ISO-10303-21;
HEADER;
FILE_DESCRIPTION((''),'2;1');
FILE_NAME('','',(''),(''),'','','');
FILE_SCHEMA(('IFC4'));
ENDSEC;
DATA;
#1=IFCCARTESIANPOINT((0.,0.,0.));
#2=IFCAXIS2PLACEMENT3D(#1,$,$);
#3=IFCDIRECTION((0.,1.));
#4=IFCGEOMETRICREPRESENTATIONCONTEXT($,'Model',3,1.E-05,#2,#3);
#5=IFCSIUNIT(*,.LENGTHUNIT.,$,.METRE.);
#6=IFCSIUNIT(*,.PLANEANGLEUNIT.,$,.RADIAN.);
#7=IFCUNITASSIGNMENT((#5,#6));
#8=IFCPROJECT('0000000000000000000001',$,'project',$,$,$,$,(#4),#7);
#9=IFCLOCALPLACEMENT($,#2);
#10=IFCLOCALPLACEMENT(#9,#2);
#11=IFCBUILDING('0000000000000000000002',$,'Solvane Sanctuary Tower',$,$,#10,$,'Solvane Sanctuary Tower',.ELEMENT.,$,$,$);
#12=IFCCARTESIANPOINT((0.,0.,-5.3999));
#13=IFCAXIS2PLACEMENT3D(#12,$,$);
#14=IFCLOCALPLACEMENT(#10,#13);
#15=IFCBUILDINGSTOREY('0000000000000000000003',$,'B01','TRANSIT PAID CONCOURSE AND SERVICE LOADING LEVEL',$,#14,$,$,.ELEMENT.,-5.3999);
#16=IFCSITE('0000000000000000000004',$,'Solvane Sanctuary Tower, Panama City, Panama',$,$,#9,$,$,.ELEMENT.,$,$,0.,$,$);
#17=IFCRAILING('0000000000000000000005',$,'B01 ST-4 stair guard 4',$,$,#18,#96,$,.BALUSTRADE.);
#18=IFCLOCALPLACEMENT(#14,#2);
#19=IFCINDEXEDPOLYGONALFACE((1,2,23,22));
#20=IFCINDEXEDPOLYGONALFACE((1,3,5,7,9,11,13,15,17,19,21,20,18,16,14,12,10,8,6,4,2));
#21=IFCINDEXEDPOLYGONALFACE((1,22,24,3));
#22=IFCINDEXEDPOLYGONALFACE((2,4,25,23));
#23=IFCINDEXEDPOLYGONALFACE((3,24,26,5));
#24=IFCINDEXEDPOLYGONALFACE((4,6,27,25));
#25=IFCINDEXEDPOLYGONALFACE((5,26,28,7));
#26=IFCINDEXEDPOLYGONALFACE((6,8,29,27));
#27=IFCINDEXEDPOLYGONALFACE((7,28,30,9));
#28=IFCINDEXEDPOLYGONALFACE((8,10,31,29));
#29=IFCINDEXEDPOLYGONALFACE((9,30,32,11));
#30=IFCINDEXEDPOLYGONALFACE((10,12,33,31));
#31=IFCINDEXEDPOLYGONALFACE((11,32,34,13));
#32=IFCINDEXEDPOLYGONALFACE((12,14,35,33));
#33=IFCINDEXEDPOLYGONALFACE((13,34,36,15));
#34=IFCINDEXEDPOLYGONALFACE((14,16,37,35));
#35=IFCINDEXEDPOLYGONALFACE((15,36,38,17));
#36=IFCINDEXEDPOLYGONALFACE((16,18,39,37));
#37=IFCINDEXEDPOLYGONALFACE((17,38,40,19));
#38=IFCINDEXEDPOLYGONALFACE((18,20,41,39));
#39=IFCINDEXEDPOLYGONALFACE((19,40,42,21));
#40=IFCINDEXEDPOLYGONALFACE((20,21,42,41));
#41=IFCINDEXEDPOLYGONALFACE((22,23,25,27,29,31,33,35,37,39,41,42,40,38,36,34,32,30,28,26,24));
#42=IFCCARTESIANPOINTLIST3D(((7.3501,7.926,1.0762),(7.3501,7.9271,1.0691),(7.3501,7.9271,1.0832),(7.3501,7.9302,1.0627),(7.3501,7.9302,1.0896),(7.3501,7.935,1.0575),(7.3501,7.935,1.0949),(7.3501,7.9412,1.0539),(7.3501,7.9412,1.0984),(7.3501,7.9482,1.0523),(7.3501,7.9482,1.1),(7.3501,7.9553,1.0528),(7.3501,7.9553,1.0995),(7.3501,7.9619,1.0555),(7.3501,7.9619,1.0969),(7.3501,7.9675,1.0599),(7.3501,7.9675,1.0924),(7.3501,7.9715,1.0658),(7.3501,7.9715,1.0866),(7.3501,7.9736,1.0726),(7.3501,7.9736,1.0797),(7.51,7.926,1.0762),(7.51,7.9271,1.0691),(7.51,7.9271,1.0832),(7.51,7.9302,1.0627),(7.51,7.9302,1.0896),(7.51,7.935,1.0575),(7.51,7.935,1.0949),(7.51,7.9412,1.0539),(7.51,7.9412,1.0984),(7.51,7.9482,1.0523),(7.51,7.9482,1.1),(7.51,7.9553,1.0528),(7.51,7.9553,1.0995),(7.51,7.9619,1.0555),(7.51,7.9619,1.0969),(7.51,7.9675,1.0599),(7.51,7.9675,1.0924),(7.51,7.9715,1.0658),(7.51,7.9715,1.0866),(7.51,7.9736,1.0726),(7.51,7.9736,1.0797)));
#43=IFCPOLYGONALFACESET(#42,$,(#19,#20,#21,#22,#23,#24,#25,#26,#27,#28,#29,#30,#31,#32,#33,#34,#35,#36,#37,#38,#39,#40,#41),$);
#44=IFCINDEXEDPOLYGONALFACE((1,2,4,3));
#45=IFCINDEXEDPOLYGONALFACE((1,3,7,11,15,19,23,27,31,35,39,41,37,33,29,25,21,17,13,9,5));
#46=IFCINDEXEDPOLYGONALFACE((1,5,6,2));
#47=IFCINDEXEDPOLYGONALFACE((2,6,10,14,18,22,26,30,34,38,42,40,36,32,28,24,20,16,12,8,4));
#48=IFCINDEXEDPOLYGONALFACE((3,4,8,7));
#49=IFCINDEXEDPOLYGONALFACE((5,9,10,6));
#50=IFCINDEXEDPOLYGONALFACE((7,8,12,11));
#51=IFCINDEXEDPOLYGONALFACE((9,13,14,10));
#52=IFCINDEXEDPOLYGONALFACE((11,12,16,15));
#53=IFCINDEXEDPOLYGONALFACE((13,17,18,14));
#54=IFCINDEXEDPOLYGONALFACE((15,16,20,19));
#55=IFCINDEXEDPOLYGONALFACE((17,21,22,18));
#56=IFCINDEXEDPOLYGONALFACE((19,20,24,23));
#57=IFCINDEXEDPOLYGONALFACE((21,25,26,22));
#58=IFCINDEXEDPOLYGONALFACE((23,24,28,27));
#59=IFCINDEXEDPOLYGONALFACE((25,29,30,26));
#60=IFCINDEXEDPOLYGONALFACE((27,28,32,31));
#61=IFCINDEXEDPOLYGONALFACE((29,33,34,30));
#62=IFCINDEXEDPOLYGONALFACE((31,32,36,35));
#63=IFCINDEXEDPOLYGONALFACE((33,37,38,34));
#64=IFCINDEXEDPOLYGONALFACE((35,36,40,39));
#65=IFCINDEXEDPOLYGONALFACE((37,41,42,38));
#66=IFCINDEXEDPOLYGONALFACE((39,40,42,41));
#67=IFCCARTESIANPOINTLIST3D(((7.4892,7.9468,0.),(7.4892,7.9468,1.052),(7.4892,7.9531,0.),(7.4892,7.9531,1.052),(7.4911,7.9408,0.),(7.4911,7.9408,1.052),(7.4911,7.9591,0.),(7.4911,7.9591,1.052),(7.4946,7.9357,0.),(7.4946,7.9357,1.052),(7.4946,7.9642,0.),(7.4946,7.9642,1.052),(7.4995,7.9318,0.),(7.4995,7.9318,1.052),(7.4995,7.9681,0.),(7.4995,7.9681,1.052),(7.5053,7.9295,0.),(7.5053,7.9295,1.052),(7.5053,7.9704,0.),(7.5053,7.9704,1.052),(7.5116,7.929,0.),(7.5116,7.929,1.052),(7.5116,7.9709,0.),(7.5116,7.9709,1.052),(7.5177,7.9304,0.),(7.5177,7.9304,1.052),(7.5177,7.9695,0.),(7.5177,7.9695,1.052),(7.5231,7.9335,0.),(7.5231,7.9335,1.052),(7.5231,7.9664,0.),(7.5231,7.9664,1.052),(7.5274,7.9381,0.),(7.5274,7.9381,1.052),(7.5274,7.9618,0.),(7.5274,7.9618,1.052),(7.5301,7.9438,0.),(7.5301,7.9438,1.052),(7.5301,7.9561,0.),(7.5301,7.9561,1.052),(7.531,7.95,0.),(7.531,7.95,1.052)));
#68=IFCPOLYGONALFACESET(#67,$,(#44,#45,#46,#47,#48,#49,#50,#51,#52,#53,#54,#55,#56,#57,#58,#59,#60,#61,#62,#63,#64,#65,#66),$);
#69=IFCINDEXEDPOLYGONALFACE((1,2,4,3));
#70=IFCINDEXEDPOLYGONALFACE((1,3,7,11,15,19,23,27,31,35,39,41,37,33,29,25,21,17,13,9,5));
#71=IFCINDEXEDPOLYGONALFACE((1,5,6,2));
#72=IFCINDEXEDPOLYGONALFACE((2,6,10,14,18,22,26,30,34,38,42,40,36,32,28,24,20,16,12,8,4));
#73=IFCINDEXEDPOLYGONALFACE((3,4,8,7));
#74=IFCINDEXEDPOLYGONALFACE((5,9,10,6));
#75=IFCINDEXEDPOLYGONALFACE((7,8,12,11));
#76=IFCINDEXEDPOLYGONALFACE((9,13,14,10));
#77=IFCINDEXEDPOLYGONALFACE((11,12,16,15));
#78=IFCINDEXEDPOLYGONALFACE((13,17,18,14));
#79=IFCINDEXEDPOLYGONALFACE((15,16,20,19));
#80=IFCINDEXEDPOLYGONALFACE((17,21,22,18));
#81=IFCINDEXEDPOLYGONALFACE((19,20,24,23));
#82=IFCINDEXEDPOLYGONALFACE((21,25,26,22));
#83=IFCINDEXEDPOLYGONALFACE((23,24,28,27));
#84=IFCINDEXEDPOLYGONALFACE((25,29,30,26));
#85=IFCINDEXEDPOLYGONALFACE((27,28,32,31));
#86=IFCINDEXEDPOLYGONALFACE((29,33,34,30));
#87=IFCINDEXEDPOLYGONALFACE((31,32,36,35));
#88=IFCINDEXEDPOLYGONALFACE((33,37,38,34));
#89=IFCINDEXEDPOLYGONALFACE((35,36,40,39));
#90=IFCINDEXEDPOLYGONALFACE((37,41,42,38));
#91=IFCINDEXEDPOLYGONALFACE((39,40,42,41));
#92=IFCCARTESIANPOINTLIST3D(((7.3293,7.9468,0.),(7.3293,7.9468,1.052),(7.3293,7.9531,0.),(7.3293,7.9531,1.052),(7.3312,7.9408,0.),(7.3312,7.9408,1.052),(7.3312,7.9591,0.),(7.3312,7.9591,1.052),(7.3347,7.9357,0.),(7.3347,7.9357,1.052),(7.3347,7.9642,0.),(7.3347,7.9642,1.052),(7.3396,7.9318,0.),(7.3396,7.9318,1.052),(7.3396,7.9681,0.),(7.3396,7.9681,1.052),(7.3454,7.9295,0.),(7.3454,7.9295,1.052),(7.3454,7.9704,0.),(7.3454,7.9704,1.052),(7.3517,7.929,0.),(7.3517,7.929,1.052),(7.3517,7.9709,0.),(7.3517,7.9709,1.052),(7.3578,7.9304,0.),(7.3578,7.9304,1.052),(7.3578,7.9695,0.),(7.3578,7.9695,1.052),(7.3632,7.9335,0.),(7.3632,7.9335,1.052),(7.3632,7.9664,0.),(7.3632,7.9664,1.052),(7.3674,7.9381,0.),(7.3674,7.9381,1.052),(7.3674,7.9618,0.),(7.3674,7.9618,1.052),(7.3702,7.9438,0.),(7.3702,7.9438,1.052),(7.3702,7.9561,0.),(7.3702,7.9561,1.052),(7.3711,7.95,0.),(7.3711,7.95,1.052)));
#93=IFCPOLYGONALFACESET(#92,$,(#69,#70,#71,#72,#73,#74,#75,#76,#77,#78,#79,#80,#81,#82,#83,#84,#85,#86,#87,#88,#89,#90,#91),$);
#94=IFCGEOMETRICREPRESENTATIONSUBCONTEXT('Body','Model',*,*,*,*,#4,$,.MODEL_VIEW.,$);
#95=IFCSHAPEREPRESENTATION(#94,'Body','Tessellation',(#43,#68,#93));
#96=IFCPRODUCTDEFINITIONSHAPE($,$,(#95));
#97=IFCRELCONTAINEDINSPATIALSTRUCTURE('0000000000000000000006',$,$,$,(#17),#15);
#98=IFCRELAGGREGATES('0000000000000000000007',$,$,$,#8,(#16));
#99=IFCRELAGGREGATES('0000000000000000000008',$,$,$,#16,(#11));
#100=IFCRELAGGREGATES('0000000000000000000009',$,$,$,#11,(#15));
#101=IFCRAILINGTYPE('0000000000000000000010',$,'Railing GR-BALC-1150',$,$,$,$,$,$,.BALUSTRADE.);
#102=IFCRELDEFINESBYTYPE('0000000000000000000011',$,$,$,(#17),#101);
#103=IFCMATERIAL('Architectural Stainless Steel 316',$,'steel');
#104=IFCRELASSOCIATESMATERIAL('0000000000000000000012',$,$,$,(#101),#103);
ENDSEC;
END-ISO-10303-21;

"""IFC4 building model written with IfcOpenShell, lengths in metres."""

from ifc_helpers import new_model, si_unit, direction, frame, origin, origin_2d, place, context, subcontext, project, spatial, circle, extrude, material, type_object, element, save


model = new_model("IFC4")

# Units and contexts
model_context = context("Model", 3, precision=1e-05, world=origin(), true_north=direction((0.0, 1.0)))
body_context = subcontext(model_context, "Body", "Model", "MODEL_VIEW")
ifc_project = project(units=[si_unit("LENGTHUNIT", "METRE"), si_unit("PLANEANGLEUNIT", "RADIAN")], contexts=[model_context])

# Site, building, storey
site_placement = place(None, origin())
site = spatial("IfcSite", under=ifc_project, at=site_placement, Name="Solvane Sanctuary Tower, Panama City, Panama", CompositionType="ELEMENT", RefElevation=0.0)
building_placement = place(site_placement, origin())
building = spatial("IfcBuilding", under=site, at=building_placement, Name="Solvane Sanctuary Tower", LongName="Solvane Sanctuary Tower", CompositionType="ELEMENT")
storey_placement = place(building_placement, frame((0.0, 0.0, -5.3999)))
storey = spatial("IfcBuildingStorey", under=building, at=storey_placement, Name="B01", Description="TRANSIT PAID CONCOURSE AND SERVICE LOADING LEVEL", CompositionType="ELEMENT", Elevation=-5.3999)

# Shared definitions
ifc_material_1 = material(Name="Architectural Stainless Steel 316", Category="steel")

# Railing
railing_type_1 = type_object("IfcRailingType", Name="Railing GR-BALC-1150", PredefinedType="BALUSTRADE", material=ifc_material_1)
railing_1_placement = place(storey_placement, frame((7.51, 7.95, 0.0)))
element("IfcRailing", 1, at=railing_1_placement, inside=storey, type_object=railing_type_1, Name="B01 ST-4 stair guard 4", PredefinedType="BALUSTRADE", context=body_context, shape_type="SweptSolid", body=[
    extrude(circle(Radius=0.0239, at=origin_2d()), frame((0.0, 0.0, 1.0762), z_axis=(-1.0, 0.0, 0.0), x_axis=(0.0, -1.0, 0.0)), (0.0, 0.0, 1.0), 0.1599),
    extrude(circle(Radius=0.021, at=origin_2d()), origin(), (0.0, 0.0, 1.0), 1.052),
    extrude(circle(Radius=0.021, at=origin_2d()), frame((-0.1599, 0.0, 0.0)), (0.0, 0.0, 1.0), 1.052),
])

save(model, "model.ifc")
